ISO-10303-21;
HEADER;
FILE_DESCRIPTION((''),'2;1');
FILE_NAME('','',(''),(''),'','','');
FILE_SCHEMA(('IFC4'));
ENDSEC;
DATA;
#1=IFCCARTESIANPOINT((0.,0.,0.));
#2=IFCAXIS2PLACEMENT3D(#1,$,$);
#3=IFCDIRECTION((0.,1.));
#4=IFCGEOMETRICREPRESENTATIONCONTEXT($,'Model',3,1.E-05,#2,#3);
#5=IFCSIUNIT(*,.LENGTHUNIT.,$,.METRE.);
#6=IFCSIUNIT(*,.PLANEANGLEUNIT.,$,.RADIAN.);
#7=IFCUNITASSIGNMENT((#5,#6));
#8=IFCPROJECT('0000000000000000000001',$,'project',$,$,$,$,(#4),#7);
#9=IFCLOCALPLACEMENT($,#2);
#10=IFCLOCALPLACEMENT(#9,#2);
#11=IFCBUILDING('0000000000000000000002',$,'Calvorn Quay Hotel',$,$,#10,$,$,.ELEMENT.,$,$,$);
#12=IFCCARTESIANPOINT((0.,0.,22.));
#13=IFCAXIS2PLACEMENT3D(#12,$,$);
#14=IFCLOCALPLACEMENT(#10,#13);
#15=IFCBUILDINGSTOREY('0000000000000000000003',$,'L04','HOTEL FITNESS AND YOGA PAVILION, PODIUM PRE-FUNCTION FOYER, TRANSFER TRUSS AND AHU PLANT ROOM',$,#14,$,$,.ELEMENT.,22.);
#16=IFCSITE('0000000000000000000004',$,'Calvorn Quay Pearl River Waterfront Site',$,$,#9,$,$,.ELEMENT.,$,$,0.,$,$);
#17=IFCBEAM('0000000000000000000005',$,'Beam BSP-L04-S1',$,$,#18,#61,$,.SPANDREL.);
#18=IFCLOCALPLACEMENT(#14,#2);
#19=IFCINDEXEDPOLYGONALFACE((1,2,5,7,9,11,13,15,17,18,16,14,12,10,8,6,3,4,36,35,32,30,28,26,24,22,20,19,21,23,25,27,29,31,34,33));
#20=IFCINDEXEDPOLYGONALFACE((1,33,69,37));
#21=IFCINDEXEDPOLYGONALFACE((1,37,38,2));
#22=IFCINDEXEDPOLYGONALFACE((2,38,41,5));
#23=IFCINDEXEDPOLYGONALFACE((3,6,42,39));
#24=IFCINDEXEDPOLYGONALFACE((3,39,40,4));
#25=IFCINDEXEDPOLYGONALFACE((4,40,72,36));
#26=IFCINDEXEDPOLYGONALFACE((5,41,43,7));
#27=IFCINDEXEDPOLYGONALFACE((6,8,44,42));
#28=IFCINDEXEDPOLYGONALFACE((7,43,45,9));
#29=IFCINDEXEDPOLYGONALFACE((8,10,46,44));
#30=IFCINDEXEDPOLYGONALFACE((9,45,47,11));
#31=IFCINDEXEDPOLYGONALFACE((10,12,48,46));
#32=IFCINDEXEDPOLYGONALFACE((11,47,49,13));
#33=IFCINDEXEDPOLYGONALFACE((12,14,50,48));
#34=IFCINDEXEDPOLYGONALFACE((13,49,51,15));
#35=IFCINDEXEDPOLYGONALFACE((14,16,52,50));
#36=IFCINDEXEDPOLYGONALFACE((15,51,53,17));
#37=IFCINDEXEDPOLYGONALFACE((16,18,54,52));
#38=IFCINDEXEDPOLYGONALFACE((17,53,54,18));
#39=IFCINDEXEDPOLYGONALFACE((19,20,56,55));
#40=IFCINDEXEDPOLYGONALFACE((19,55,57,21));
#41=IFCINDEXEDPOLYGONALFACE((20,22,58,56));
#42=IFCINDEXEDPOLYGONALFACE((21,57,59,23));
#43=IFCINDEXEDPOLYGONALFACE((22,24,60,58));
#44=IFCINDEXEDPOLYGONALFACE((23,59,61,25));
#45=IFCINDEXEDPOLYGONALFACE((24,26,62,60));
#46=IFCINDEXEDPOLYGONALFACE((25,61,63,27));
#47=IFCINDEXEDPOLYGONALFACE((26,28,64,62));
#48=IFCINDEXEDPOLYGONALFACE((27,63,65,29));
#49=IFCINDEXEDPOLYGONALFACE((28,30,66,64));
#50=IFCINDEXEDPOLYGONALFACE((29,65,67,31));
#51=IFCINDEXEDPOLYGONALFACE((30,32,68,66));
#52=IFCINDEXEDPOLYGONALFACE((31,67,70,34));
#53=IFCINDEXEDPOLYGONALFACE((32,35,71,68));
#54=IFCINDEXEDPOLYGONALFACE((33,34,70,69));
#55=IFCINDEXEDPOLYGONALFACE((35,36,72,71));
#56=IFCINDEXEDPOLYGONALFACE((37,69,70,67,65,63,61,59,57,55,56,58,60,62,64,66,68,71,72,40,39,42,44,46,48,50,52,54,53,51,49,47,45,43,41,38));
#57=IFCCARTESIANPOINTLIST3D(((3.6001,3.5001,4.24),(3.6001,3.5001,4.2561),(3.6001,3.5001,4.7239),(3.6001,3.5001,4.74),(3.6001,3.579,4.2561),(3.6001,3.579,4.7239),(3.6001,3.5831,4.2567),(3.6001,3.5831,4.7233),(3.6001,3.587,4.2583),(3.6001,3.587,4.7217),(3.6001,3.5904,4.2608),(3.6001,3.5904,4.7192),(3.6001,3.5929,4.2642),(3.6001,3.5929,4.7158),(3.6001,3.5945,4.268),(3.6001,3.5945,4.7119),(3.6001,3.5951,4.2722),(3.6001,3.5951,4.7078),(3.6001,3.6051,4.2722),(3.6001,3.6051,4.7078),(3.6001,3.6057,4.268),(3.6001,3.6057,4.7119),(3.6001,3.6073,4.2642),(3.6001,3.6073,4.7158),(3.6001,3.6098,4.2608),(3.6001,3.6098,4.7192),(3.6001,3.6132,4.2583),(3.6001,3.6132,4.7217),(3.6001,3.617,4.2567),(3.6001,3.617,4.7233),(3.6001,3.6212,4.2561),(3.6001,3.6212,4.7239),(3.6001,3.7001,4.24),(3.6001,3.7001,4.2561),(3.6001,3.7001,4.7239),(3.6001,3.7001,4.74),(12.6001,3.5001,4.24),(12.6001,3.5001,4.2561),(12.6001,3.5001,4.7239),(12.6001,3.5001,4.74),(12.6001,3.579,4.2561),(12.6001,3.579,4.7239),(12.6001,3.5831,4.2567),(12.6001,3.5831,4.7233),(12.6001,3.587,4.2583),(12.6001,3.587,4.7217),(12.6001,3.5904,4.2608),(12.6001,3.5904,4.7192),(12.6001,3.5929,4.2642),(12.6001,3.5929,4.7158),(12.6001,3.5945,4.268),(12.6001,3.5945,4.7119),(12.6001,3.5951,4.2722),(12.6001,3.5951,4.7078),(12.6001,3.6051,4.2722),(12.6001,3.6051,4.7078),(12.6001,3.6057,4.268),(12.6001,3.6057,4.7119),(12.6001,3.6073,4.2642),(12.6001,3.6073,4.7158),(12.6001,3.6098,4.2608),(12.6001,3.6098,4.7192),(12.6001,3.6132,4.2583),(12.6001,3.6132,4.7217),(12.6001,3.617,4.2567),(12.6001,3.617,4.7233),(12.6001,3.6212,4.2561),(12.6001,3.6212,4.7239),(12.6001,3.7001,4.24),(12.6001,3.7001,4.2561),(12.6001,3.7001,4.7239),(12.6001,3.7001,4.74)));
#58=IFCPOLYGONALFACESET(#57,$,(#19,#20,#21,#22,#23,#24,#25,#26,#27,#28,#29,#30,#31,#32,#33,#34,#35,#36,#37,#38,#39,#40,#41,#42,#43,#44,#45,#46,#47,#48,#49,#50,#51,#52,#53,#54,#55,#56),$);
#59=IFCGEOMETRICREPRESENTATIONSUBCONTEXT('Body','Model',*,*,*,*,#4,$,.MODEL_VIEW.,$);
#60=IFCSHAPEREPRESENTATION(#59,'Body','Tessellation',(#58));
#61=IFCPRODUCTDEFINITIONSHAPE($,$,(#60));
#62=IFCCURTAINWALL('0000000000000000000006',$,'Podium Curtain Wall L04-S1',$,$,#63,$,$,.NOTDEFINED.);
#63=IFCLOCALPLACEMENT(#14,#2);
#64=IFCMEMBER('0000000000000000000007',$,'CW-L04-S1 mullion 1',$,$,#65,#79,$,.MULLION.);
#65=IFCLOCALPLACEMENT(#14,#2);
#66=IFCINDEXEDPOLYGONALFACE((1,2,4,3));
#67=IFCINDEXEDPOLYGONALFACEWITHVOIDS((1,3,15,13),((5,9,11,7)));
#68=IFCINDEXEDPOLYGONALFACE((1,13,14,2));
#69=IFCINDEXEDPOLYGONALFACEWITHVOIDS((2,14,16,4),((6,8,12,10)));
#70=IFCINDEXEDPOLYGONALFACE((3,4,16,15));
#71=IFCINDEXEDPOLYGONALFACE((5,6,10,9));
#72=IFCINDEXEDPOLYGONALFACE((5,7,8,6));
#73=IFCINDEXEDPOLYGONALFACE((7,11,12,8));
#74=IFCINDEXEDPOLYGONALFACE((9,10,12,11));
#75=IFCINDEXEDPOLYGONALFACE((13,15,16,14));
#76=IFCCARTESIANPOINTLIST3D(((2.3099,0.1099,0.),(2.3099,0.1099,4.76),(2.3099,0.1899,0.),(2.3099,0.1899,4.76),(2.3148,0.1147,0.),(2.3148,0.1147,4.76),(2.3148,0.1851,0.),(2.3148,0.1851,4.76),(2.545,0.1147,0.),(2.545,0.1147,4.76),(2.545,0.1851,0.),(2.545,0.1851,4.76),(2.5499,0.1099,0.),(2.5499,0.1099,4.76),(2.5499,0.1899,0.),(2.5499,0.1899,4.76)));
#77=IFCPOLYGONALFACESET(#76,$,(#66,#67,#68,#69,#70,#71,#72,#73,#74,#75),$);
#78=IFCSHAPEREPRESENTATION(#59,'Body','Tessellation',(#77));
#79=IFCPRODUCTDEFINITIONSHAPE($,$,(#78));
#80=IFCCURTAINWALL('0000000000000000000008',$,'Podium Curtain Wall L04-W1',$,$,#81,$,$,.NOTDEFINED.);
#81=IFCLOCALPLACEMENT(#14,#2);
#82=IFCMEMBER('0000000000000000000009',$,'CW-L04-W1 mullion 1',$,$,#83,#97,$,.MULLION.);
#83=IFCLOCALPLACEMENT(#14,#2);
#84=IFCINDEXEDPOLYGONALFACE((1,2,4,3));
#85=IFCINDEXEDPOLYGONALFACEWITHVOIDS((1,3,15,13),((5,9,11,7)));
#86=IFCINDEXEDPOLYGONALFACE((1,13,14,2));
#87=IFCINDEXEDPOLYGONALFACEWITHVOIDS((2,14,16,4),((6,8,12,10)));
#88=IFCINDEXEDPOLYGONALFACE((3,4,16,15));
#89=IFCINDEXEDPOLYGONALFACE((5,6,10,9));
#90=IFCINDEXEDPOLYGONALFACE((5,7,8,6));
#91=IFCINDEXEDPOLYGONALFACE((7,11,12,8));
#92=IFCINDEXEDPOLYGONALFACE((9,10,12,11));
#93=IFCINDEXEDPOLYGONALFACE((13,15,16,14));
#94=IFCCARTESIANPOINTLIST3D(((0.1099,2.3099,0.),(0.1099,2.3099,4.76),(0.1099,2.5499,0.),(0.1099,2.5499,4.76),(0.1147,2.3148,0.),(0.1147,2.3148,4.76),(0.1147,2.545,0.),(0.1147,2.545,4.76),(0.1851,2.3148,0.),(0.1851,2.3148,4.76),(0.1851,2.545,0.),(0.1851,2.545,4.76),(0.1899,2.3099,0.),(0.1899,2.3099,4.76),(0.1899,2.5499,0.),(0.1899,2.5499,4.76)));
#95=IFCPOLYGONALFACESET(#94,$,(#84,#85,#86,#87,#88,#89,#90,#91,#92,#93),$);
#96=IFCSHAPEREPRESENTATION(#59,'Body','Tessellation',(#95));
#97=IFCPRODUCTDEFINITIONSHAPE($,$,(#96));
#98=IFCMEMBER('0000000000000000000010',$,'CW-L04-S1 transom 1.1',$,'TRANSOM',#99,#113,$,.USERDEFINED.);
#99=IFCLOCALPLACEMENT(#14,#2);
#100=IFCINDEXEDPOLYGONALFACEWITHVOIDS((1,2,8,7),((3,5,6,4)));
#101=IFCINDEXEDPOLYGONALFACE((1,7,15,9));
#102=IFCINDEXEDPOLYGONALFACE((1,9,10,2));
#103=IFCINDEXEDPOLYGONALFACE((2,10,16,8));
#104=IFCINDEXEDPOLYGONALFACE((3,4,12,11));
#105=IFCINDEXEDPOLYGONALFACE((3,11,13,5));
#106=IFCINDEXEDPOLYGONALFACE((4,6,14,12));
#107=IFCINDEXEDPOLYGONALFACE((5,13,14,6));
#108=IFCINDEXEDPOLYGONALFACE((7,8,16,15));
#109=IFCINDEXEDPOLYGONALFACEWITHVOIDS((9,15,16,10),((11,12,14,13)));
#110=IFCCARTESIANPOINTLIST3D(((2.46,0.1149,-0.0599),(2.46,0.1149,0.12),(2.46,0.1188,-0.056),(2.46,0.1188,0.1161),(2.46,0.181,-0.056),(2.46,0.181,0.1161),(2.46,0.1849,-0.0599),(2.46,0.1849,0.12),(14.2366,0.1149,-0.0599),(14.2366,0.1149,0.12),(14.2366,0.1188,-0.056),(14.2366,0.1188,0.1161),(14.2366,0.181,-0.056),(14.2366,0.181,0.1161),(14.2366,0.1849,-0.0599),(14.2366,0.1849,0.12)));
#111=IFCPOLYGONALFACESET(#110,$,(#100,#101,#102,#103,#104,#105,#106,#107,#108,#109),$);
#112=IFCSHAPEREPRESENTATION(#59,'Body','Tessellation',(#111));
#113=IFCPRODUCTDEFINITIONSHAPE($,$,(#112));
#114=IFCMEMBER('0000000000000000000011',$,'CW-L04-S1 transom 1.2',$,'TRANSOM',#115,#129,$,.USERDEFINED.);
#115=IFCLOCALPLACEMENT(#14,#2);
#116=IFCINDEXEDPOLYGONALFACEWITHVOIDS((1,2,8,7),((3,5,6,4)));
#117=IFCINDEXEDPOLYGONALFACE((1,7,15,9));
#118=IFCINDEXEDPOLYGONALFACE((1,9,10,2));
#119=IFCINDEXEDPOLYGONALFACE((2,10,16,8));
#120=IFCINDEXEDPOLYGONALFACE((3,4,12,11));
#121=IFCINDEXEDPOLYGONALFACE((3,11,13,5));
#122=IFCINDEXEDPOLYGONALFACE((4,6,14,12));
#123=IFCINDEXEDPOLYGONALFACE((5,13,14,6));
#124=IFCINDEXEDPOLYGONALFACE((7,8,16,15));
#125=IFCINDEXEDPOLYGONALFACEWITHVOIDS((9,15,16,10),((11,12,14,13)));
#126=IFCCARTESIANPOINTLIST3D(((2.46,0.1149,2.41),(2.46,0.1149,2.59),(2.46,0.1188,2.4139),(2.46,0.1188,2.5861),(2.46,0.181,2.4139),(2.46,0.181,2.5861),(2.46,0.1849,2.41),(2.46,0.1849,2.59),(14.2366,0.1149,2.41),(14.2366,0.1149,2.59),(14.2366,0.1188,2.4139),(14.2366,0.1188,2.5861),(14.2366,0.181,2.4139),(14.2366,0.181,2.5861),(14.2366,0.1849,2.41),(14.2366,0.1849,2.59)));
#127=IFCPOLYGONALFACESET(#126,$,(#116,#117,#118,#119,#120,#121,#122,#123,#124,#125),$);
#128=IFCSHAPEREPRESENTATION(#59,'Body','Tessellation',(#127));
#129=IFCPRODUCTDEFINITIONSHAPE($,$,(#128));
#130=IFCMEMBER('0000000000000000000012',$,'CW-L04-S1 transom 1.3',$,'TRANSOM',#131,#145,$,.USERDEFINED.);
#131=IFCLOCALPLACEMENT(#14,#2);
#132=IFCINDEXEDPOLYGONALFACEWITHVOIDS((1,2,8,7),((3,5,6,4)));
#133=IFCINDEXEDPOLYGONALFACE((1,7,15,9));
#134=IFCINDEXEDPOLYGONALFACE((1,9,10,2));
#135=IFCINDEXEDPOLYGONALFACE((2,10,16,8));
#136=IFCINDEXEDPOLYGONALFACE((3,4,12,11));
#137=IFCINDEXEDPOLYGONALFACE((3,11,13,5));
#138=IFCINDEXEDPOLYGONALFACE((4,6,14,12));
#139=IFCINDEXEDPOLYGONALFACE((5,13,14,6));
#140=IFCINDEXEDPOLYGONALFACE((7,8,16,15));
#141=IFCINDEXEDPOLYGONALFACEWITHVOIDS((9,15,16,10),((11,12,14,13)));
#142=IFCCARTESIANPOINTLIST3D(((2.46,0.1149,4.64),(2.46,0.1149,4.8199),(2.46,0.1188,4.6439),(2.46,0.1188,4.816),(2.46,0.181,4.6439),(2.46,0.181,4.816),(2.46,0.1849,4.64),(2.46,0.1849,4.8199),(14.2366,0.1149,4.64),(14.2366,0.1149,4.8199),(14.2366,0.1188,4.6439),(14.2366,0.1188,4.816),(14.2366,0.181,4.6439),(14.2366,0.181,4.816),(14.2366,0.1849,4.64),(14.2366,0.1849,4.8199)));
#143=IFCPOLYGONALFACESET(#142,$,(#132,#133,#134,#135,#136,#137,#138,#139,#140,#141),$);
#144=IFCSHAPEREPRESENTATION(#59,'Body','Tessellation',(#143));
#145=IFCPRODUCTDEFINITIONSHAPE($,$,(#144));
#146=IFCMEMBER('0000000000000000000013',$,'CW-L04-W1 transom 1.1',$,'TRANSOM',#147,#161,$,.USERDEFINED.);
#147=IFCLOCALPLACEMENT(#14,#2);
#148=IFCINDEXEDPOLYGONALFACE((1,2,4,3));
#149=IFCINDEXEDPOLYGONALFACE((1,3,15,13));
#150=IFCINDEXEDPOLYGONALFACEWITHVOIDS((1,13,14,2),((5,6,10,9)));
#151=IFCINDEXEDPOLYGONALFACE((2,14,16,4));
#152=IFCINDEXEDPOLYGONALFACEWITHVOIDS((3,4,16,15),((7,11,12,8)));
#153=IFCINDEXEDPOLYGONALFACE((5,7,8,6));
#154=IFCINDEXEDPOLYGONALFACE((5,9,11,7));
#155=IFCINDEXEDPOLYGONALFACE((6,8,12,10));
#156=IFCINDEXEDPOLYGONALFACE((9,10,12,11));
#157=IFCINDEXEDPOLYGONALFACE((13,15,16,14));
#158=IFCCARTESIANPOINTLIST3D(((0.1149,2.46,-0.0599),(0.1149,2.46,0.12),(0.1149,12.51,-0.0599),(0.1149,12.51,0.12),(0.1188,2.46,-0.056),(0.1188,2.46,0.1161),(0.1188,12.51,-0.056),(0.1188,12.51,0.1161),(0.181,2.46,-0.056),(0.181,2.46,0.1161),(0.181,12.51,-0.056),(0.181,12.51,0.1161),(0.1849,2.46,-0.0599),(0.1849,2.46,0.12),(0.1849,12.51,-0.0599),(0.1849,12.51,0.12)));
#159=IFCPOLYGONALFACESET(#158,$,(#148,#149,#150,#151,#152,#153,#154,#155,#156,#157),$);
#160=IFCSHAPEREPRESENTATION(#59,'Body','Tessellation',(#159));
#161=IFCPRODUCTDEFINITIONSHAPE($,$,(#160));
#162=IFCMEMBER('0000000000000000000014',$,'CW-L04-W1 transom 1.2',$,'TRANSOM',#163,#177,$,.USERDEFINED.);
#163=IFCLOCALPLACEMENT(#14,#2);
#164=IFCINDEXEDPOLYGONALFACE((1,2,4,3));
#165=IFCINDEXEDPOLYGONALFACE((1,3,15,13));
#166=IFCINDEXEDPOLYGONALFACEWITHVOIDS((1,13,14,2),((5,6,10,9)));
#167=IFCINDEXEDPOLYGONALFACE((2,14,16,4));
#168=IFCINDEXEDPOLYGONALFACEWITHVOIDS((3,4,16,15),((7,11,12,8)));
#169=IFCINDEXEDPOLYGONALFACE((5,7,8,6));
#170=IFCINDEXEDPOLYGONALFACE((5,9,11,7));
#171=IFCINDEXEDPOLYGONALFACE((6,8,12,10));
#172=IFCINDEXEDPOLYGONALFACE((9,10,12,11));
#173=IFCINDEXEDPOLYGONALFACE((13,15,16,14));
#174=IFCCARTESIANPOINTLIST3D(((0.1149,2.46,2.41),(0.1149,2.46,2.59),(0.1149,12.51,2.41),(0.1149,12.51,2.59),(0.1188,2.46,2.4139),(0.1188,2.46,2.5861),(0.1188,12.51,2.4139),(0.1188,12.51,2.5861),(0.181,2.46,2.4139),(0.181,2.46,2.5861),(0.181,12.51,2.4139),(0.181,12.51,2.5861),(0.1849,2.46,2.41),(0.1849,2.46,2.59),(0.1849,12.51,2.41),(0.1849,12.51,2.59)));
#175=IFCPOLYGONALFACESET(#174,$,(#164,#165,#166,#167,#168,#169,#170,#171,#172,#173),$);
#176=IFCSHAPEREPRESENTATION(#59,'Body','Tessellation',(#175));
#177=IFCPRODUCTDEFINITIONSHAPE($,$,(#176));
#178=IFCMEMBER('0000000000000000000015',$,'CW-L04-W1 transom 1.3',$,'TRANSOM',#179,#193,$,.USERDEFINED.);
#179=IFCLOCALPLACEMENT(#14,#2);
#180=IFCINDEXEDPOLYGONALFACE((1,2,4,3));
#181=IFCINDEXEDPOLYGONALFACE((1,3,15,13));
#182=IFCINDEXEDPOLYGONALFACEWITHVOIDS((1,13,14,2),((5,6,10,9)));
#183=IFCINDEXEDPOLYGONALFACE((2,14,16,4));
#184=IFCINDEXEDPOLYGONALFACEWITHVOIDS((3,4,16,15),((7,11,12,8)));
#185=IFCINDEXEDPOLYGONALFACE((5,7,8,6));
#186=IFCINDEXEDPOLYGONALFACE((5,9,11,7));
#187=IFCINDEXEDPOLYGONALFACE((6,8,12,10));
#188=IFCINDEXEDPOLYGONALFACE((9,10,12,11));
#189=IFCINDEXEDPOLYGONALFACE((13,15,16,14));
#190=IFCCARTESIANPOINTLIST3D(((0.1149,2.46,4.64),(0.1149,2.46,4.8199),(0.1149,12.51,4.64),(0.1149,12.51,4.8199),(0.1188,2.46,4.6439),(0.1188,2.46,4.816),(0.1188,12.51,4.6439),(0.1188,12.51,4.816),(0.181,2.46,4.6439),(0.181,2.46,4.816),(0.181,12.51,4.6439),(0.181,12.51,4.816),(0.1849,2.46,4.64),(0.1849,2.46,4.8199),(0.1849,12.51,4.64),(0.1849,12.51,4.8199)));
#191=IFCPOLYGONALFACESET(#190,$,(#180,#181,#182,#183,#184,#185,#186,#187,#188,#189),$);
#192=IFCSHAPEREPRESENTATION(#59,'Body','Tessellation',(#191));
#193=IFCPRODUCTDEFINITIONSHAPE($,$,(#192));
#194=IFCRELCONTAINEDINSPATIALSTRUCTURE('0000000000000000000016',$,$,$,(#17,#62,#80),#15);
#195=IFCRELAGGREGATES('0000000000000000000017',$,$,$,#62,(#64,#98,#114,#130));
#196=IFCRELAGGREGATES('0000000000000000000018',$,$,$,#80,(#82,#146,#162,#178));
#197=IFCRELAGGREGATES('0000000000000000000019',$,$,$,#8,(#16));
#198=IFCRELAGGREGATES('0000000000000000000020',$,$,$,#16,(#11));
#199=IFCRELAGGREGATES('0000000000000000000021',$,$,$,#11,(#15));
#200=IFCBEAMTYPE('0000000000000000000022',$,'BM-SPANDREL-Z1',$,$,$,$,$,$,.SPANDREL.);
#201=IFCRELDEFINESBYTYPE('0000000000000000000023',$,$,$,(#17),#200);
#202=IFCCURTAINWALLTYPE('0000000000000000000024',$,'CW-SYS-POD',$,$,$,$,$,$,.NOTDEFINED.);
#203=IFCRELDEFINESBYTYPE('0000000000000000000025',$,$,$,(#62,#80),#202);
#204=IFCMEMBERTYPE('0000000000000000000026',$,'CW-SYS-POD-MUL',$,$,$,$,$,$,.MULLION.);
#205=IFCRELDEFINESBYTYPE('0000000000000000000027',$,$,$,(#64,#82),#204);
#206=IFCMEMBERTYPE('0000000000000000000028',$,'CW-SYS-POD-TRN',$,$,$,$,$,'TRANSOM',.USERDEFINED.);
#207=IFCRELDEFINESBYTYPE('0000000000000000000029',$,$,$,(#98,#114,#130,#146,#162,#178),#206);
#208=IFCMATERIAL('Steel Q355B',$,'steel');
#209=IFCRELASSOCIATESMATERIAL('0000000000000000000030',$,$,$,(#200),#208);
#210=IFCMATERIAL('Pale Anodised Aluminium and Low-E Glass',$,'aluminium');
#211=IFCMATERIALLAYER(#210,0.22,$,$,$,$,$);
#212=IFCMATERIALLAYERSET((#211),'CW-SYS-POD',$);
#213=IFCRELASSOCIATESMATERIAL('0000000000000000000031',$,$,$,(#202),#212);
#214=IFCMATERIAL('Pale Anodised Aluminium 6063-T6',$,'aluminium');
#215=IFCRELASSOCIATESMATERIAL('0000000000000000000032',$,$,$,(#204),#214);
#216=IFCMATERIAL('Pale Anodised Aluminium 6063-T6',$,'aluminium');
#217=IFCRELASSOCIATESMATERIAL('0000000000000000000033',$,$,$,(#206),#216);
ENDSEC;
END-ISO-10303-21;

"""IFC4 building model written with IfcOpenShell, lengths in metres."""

from ifc_helpers import new_model, si_unit, direction, frame, origin, origin_2d, place, context, subcontext, project, spatial, hollow_rectangle, i_section, extrude, material, layer, layer_set, material_profile, profile_set, type_object, element, aggregate, save


model = new_model("IFC4")

# Units and contexts
model_context = context("Model", 3, precision=1e-05, world=origin(), true_north=direction((0.0, 1.0)))
body_context = subcontext(model_context, "Body", "Model", "MODEL_VIEW")
ifc_project = project(units=[si_unit("LENGTHUNIT", "METRE"), si_unit("PLANEANGLEUNIT", "RADIAN")], contexts=[model_context])

# Site, building, storey
site_placement = place(None, origin())
site = spatial("IfcSite", under=ifc_project, at=site_placement, Name="Calvorn Quay Pearl River Waterfront Site", CompositionType="ELEMENT", RefElevation=0.0)
building_placement = place(site_placement, origin())
building = spatial("IfcBuilding", under=site, at=building_placement, Name="Calvorn Quay Hotel", CompositionType="ELEMENT")
storey_placement = place(building_placement, frame((0.0, 0.0, 22.0)))
storey = spatial("IfcBuildingStorey", under=building, at=storey_placement, Name="L04", Description="HOTEL FITNESS AND YOGA PAVILION, PODIUM PRE-FUNCTION FOYER, TRANSFER TRUSS AND AHU PLANT ROOM", CompositionType="ELEMENT", Elevation=22.0)

# Beam
ifc_material_1 = material(Name="Steel Q355B", Category="steel")
ifc_material_profile_1 = material_profile(ifc_material_1, i_section(OverallWidth=0.2, OverallDepth=0.5, WebThickness=0.01, FlangeThickness=0.0161, FilletRadius=0.0161, at=origin_2d()), Name="HN500x200x10x16")
ifc_profile_set_1 = profile_set([ifc_material_profile_1], Name="Steel Q355B")
beam_type_1 = type_object("IfcBeamType", Name="BM-SPANDREL-Z1", PredefinedType="SPANDREL", material=ifc_profile_set_1)
beam_1_placement = place(storey_placement, frame((3.6001, 3.6001, 4.49), z_axis=(1.0, 0.0, 0.0), x_axis=(0.0, 1.0, 0.0)))
element("IfcBeam", 1, at=beam_1_placement, inside=storey, type_object=beam_type_1, Name="Beam BSP-L04-S1", PredefinedType="SPANDREL", context=body_context, shape_type="SweptSolid", body=[
    extrude(i_section(OverallWidth=0.2, OverallDepth=0.5, WebThickness=0.01, FlangeThickness=0.0161, FilletRadius=0.0161, at=origin_2d()), origin(), (0.0, 0.0, 1.0), 9.0),
])

# Curtain walls, members
ifc_material_2 = material(Name="Pale Anodised Aluminium and Low-E Glass", Category="aluminium")
ifc_layer_1 = layer(ifc_material_2, 0.22)
ifc_layer_set_1 = layer_set([ifc_layer_1], Name="CW-SYS-POD")
curtain_wall_type = type_object("IfcCurtainWallType", Name="CW-SYS-POD", PredefinedType="NOTDEFINED", material=ifc_layer_set_1)
curtain_wall_1_placement = place(storey_placement, origin())
curtain_wall_1 = element("IfcCurtainWall", 2, at=curtain_wall_1_placement, inside=storey, type_object=curtain_wall_type, Name="Podium Curtain Wall L04-S1", PredefinedType="NOTDEFINED")
ifc_material_3 = material(Name="Pale Anodised Aluminium 6063-T6", Category="aluminium")
ifc_material_profile_2 = material_profile(ifc_material_3, hollow_rectangle(XDim=0.0801, YDim=0.24, WallThickness=0.0049, at=origin_2d()), Name="ALU-M240x80x5")
ifc_profile_set_2 = profile_set([ifc_material_profile_2], Name="Pale Anodised Aluminium 6063-T6")
member_type_1 = type_object("IfcMemberType", Name="CW-SYS-POD-MUL", PredefinedType="MULLION", material=ifc_profile_set_2)
member_1_placement = place(storey_placement, frame((2.4299, 0.1499, 0.0), z_axis=(0.0, 0.0, 1.0), x_axis=(0.0, 1.0, 0.0)))
member_1 = element("IfcMember", 3, at=member_1_placement, type_object=member_type_1, Name="CW-L04-S1 mullion 1", PredefinedType="MULLION", context=body_context, shape_type="SweptSolid", body=[
    extrude(hollow_rectangle(XDim=0.0801, YDim=0.24, WallThickness=0.0049, at=origin_2d()), origin(), (0.0, 0.0, 1.0), 4.76),
])
curtain_wall_2_placement = place(storey_placement, origin())
curtain_wall_2 = element("IfcCurtainWall", 4, at=curtain_wall_2_placement, inside=storey, type_object=curtain_wall_type, Name="Podium Curtain Wall L04-W1", PredefinedType="NOTDEFINED")
member_2_placement = place(storey_placement, frame((0.1499, 2.4299, 0.0), z_axis=(0.0, 0.0, 1.0), x_axis=(-1.0, 0.0, 0.0)))
member_2 = element("IfcMember", 5, at=member_2_placement, type_object=member_type_1, Name="CW-L04-W1 mullion 1", PredefinedType="MULLION", context=body_context, shape_type="SweptSolid", body=[
    extrude(hollow_rectangle(XDim=0.0801, YDim=0.24, WallThickness=0.0049, at=origin_2d()), origin(), (0.0, 0.0, 1.0), 4.76),
])

# Members
ifc_material_4 = material(Name="Pale Anodised Aluminium 6063-T6", Category="aluminium")
ifc_material_profile_3 = material_profile(ifc_material_4, hollow_rectangle(XDim=0.0701, YDim=0.1799, WallThickness=0.0039, at=origin_2d()), Name="ALU-T180x70x4")
ifc_profile_set_3 = profile_set([ifc_material_profile_3], Name="Pale Anodised Aluminium 6063-T6")
member_type_2 = type_object("IfcMemberType", Name="CW-SYS-POD-TRN", ElementType="TRANSOM", PredefinedType="USERDEFINED", material=ifc_profile_set_3)
member_3_placement = place(storey_placement, frame((2.46, 0.1499, 0.03), z_axis=(1.0, 0.0, 0.0), x_axis=(0.0, 1.0, 0.0)))
member_3 = element("IfcMember", 6, at=member_3_placement, type_object=member_type_2, Name="CW-L04-S1 transom 1.1", ObjectType="TRANSOM", PredefinedType="USERDEFINED", context=body_context, shape_type="SweptSolid", body=[
    extrude(hollow_rectangle(XDim=0.0701, YDim=0.1799, WallThickness=0.0039, at=origin_2d()), origin(), (0.0, 0.0, 1.0), 11.7766),
])
member_4_placement = place(storey_placement, frame((2.46, 0.1499, 2.5), z_axis=(1.0, 0.0, 0.0), x_axis=(0.0, 1.0, 0.0)))
member_4 = element("IfcMember", 7, at=member_4_placement, type_object=member_type_2, Name="CW-L04-S1 transom 1.2", ObjectType="TRANSOM", PredefinedType="USERDEFINED", context=body_context, shape_type="SweptSolid", body=[
    extrude(hollow_rectangle(XDim=0.0701, YDim=0.1799, WallThickness=0.0039, at=origin_2d()), origin(), (0.0, 0.0, 1.0), 11.7766),
])
member_5_placement = place(storey_placement, frame((2.46, 0.1499, 4.73), z_axis=(1.0, 0.0, 0.0), x_axis=(0.0, 1.0, 0.0)))
member_5 = element("IfcMember", 8, at=member_5_placement, type_object=member_type_2, Name="CW-L04-S1 transom 1.3", ObjectType="TRANSOM", PredefinedType="USERDEFINED", context=body_context, shape_type="SweptSolid", body=[
    extrude(hollow_rectangle(XDim=0.0701, YDim=0.1799, WallThickness=0.0039, at=origin_2d()), origin(), (0.0, 0.0, 1.0), 11.7766),
])
aggregate(curtain_wall_1, [member_1, member_3, member_4, member_5])
member_6_placement = place(storey_placement, frame((0.1499, 2.46, 0.03), z_axis=(0.0, 1.0, 0.0), x_axis=(-1.0, 0.0, 0.0)))
member_6 = element("IfcMember", 9, at=member_6_placement, type_object=member_type_2, Name="CW-L04-W1 transom 1.1", ObjectType="TRANSOM", PredefinedType="USERDEFINED", context=body_context, shape_type="SweptSolid", body=[
    extrude(hollow_rectangle(XDim=0.0701, YDim=0.1799, WallThickness=0.0039, at=origin_2d()), origin(), (0.0, 0.0, 1.0), 10.05),
])
member_7_placement = place(storey_placement, frame((0.1499, 2.46, 2.5), z_axis=(0.0, 1.0, 0.0), x_axis=(-1.0, 0.0, 0.0)))
member_7 = element("IfcMember", 10, at=member_7_placement, type_object=member_type_2, Name="CW-L04-W1 transom 1.2", ObjectType="TRANSOM", PredefinedType="USERDEFINED", context=body_context, shape_type="SweptSolid", body=[
    extrude(hollow_rectangle(XDim=0.0701, YDim=0.1799, WallThickness=0.0039, at=origin_2d()), origin(), (0.0, 0.0, 1.0), 10.05),
])
member_8_placement = place(storey_placement, frame((0.1499, 2.46, 4.73), z_axis=(0.0, 1.0, 0.0), x_axis=(-1.0, 0.0, 0.0)))
member_8 = element("IfcMember", 11, at=member_8_placement, type_object=member_type_2, Name="CW-L04-W1 transom 1.3", ObjectType="TRANSOM", PredefinedType="USERDEFINED", context=body_context, shape_type="SweptSolid", body=[
    extrude(hollow_rectangle(XDim=0.0701, YDim=0.1799, WallThickness=0.0039, at=origin_2d()), origin(), (0.0, 0.0, 1.0), 10.05),
])
aggregate(curtain_wall_2, [member_2, member_6, member_7, member_8])

save(model, "model.ifc")
